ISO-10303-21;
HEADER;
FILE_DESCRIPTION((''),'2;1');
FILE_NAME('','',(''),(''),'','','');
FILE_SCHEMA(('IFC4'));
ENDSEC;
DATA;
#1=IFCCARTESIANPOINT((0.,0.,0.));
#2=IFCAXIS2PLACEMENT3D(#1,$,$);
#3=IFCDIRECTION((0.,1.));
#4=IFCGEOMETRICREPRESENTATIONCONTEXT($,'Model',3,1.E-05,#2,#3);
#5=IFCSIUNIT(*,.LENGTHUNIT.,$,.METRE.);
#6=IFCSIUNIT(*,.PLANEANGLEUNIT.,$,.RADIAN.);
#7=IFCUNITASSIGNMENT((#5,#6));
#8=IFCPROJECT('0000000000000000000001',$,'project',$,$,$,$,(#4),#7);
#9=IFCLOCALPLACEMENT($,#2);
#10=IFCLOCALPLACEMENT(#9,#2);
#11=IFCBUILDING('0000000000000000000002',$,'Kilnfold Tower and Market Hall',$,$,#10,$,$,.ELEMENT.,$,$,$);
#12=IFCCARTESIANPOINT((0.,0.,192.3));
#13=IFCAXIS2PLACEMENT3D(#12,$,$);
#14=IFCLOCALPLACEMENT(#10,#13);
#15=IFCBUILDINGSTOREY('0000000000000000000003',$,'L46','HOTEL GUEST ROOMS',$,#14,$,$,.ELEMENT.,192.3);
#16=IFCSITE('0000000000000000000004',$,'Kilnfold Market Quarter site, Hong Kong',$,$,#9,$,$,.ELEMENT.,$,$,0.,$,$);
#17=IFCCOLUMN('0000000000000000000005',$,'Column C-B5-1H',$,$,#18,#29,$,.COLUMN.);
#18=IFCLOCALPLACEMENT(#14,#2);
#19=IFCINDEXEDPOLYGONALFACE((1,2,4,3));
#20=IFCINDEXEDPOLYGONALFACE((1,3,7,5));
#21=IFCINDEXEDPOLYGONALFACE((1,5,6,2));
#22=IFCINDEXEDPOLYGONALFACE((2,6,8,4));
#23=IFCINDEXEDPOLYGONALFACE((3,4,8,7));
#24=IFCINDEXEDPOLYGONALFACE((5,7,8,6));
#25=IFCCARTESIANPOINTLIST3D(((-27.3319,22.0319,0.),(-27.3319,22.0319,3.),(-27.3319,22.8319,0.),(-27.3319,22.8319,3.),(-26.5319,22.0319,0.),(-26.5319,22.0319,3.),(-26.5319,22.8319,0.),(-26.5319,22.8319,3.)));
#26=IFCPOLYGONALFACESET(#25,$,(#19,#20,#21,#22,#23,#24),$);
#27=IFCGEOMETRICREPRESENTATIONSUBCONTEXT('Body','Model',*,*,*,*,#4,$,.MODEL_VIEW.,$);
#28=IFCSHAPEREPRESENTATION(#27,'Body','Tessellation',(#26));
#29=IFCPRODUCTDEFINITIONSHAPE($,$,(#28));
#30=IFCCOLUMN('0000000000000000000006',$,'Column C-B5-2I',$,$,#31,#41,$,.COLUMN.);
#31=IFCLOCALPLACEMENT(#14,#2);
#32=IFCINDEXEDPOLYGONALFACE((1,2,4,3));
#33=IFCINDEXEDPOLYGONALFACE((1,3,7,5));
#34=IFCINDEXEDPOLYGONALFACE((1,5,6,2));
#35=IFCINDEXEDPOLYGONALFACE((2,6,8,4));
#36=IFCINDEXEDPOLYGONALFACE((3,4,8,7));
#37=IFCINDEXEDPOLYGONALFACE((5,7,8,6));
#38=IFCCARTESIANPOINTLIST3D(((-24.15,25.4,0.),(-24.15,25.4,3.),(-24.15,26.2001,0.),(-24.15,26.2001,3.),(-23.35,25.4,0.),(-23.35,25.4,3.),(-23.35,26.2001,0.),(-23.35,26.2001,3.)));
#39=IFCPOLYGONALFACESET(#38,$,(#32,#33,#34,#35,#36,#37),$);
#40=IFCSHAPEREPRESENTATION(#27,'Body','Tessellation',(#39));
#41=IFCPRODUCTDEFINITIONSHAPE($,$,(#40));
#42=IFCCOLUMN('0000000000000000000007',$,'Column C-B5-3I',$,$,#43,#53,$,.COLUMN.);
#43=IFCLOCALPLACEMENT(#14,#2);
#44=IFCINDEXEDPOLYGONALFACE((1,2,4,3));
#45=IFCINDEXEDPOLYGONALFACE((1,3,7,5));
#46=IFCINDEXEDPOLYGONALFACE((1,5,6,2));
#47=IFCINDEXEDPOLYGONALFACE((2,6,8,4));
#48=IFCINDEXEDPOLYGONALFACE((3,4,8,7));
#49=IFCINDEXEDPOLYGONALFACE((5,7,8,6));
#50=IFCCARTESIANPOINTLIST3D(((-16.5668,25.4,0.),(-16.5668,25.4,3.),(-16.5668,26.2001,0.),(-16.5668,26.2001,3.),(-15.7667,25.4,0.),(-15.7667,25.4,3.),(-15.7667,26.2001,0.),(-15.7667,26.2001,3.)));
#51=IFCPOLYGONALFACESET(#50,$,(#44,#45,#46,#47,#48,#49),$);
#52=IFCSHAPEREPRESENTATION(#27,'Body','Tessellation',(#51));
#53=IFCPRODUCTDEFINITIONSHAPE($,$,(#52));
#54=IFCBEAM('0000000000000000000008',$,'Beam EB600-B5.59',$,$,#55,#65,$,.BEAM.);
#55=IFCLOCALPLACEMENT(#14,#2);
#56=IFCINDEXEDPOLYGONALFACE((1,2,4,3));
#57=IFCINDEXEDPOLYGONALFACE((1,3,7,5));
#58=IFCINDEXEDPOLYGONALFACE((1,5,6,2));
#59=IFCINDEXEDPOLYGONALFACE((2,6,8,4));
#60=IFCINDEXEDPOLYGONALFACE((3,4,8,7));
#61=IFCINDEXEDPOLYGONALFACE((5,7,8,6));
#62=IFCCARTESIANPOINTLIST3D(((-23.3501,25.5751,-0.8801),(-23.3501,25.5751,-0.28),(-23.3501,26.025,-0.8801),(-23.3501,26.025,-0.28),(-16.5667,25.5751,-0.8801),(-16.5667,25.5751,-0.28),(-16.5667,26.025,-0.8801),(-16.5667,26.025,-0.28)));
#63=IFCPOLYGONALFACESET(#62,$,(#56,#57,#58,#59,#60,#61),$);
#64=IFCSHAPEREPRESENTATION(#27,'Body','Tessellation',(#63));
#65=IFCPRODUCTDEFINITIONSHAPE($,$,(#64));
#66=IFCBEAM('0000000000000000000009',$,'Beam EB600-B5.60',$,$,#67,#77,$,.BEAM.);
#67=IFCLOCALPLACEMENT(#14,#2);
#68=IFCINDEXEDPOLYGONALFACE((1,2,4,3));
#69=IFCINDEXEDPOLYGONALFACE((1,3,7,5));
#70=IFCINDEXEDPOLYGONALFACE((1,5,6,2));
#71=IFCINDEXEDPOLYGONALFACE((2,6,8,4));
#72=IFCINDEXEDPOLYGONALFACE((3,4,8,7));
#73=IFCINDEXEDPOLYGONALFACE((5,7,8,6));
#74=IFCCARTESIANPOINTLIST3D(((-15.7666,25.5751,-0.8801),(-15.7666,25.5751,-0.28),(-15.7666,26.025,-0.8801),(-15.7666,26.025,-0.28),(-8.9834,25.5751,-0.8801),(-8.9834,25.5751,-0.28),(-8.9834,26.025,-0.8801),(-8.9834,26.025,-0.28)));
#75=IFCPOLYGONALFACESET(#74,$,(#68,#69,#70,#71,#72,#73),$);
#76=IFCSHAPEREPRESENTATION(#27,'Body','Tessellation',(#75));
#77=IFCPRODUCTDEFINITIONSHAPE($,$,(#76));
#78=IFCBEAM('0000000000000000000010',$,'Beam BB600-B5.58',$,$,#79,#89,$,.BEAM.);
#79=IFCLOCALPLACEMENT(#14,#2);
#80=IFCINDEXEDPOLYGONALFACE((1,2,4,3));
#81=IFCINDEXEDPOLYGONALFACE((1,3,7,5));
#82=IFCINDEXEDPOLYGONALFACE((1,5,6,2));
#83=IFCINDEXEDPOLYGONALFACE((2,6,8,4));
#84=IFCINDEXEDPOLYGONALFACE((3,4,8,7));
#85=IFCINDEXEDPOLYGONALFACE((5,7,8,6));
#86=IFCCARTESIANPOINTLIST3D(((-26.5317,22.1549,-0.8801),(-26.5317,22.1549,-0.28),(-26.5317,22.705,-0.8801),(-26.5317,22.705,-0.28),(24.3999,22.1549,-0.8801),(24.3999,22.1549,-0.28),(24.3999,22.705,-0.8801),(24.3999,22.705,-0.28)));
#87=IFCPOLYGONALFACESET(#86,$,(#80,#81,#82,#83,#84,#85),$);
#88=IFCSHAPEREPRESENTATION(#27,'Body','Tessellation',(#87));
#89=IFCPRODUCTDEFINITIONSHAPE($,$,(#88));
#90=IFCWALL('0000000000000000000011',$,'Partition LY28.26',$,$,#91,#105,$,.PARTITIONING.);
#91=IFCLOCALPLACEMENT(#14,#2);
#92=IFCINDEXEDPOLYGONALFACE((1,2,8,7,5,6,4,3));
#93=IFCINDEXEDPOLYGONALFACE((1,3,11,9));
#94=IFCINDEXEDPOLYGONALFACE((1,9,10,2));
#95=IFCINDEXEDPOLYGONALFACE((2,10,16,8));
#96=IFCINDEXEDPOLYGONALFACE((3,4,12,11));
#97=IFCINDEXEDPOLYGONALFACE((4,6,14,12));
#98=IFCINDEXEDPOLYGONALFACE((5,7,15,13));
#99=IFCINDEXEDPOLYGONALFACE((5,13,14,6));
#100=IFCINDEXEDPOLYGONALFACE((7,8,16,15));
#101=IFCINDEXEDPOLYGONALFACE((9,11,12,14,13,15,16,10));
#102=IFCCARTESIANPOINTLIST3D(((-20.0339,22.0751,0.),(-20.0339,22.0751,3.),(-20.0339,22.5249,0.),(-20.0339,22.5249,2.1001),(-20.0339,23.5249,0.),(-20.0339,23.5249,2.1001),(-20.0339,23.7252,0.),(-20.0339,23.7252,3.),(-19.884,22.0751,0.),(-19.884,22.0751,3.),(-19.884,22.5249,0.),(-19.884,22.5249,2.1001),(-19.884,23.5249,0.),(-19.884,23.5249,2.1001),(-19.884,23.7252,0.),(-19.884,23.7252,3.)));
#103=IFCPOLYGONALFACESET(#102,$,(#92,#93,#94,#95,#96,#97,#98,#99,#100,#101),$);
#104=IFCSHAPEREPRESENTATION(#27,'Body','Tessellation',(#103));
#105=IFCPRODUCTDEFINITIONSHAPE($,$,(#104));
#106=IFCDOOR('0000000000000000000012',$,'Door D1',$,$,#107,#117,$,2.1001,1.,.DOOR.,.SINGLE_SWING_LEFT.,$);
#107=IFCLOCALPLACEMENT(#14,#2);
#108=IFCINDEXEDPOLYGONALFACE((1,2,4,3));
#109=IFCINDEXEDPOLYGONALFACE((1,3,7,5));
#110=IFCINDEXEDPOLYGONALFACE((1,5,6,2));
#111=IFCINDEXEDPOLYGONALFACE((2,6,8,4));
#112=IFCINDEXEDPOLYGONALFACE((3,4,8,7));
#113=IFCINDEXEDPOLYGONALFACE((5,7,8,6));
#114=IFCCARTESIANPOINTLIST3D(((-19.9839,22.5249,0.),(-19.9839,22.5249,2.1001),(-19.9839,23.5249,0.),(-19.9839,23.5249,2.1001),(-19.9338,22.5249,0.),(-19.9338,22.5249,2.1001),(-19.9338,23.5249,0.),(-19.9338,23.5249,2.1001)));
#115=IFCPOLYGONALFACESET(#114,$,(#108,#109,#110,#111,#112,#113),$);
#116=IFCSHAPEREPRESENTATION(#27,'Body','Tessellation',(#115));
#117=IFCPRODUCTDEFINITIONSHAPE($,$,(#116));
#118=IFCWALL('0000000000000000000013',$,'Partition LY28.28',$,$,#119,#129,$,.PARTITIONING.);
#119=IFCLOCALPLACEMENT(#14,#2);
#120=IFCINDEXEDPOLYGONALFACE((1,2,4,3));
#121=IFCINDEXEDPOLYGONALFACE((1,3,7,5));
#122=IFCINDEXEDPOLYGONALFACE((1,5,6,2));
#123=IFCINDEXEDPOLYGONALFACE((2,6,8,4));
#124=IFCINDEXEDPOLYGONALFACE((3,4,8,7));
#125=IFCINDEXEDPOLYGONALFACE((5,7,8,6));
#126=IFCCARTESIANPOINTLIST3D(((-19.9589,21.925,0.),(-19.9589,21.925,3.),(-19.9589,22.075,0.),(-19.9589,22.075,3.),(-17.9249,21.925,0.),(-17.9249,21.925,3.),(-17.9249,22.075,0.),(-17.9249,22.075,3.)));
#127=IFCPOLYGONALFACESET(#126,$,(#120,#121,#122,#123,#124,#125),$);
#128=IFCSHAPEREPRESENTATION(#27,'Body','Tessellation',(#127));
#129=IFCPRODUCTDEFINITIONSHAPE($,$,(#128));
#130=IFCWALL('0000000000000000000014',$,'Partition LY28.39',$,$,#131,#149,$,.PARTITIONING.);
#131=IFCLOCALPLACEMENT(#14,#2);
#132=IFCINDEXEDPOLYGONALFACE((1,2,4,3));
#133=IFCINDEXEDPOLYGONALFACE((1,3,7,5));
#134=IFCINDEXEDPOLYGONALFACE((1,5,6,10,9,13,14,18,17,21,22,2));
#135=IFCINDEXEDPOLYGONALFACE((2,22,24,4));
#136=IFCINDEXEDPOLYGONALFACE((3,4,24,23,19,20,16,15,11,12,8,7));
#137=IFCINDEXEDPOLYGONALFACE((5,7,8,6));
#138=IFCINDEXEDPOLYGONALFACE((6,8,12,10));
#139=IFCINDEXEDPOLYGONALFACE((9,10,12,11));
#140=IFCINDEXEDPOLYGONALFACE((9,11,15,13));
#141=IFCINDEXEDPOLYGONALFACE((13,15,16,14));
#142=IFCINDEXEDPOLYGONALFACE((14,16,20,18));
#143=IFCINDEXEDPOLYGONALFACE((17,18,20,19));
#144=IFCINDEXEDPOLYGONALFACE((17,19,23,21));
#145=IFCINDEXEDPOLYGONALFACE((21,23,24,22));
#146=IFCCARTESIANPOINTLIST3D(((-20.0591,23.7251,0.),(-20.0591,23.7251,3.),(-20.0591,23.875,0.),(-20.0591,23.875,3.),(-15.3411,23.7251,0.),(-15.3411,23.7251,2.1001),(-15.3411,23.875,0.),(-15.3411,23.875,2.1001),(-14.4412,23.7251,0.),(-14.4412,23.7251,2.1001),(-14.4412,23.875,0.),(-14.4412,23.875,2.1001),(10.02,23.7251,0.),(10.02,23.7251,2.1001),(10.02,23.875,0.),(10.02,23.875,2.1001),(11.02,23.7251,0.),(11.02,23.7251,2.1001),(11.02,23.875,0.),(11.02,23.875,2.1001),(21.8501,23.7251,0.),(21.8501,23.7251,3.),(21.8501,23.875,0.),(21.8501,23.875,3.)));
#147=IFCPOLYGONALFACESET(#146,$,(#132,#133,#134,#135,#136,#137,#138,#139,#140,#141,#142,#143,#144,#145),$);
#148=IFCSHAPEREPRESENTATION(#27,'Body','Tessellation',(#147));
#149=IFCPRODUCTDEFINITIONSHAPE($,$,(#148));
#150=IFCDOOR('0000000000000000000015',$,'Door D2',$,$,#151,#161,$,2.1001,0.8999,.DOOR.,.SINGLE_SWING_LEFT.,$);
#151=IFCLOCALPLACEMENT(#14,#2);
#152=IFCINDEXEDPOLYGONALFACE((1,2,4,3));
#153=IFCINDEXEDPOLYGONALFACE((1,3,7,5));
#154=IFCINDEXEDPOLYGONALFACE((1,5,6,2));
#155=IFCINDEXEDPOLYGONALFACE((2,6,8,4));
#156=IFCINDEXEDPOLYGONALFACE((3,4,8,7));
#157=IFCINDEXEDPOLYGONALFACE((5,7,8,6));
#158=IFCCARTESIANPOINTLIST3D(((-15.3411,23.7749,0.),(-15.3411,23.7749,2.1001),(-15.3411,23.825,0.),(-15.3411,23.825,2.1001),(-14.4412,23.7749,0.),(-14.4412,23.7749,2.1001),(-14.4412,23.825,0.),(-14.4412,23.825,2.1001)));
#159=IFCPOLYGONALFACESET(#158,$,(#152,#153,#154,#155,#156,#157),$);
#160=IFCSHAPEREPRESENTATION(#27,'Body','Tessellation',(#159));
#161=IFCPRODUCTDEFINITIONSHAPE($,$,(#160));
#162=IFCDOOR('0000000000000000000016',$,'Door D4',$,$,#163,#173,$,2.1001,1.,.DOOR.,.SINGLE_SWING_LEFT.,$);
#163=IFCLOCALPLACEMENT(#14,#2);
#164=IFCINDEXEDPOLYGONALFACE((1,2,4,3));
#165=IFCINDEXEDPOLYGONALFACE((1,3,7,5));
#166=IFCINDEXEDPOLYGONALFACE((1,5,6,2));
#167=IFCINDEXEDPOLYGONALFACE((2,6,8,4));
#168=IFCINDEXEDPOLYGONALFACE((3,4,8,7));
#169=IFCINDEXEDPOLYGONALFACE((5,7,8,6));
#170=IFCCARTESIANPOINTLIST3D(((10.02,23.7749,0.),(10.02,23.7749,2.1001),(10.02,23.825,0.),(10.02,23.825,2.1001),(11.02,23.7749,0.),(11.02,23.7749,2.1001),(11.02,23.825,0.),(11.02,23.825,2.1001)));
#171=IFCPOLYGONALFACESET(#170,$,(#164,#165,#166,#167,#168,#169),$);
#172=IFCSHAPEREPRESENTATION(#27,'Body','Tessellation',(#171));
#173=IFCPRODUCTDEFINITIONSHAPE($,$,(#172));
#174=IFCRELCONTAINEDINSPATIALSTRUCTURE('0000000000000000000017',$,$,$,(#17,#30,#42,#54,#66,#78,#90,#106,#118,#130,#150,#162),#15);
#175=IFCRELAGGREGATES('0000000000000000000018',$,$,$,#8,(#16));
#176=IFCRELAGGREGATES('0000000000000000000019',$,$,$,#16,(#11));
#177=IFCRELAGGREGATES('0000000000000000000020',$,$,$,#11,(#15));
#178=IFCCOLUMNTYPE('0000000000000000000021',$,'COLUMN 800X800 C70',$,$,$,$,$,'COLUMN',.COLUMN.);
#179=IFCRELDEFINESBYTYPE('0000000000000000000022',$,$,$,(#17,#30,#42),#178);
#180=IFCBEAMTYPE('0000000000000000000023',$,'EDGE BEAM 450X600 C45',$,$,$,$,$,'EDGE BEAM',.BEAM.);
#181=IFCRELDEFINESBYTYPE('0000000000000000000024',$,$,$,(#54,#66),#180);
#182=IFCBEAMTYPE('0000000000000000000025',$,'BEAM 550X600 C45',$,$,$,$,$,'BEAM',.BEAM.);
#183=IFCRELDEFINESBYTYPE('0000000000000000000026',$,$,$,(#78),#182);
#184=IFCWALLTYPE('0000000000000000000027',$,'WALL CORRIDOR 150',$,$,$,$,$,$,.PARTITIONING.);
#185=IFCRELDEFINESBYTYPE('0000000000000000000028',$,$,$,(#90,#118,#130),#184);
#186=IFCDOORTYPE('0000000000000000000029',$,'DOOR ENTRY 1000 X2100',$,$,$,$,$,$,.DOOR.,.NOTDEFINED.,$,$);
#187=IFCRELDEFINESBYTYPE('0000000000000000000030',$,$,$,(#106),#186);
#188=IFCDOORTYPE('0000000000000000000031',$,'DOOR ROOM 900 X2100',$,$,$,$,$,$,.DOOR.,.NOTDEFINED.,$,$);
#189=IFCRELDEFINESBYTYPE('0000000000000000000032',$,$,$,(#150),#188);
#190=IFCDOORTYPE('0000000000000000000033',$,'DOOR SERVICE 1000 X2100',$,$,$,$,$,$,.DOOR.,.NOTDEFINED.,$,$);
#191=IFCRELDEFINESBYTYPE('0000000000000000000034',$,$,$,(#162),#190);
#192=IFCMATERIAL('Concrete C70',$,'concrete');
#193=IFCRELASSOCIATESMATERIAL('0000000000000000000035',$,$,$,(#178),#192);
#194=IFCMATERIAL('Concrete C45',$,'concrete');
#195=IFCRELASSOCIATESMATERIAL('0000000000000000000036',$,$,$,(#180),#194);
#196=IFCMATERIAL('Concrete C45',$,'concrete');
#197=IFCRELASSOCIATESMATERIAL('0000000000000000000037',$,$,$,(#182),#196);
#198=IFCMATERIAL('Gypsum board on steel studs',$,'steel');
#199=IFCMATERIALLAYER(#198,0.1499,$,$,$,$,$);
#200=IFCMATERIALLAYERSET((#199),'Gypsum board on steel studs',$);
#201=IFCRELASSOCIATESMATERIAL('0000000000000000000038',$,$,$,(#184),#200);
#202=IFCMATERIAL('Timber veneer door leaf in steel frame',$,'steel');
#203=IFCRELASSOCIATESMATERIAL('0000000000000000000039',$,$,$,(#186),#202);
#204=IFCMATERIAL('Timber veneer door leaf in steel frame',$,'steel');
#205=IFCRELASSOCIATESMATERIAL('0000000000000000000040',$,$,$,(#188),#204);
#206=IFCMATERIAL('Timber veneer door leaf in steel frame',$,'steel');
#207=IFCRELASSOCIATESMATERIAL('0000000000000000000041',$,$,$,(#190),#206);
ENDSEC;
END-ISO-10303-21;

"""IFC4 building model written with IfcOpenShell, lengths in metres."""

from ifc_helpers import new_model, si_unit, direction, frame, frame_2d, origin, origin_2d, place, context, subcontext, project, spatial, rectangle, extrude, source, transform, mapped, material, layer, layer_set, material_profile, profile_set, type_object, element, fill, save


model = new_model("IFC4")

# Units and contexts
model_context = context("Model", 3, precision=1e-05, world=origin(), true_north=direction((0.0, 1.0)))
body_context = subcontext(model_context, "Body", "Model", "MODEL_VIEW")
ifc_project = project(units=[si_unit("LENGTHUNIT", "METRE"), si_unit("PLANEANGLEUNIT", "RADIAN")], contexts=[model_context])

# Site, building, storey
site_placement = place(None, origin())
site = spatial("IfcSite", under=ifc_project, at=site_placement, Name="Kilnfold Market Quarter site, Hong Kong", CompositionType="ELEMENT", RefElevation=0.0)
building_placement = place(site_placement, origin())
building = spatial("IfcBuilding", under=site, at=building_placement, Name="Kilnfold Tower and Market Hall", CompositionType="ELEMENT")
storey_placement = place(building_placement, frame((0.0, 0.0, 192.3)))
storey = spatial("IfcBuildingStorey", under=building, at=storey_placement, Name="L46", Description="HOTEL GUEST ROOMS", CompositionType="ELEMENT", Elevation=192.3)

# Columns
ifc_material_1 = material(Name="Concrete C70", Category="concrete")
ifc_material_profile_1 = material_profile(ifc_material_1, rectangle(XDim=0.8, YDim=0.8, at=origin_2d()), Name="RC 800x800")
ifc_profile_set_1 = profile_set([ifc_material_profile_1], Name="Concrete C70")
column_type = type_object("IfcColumnType", Name="COLUMN 800X800 C70", ElementType="COLUMN", PredefinedType="COLUMN", material=ifc_profile_set_1)
shared_shape_1 = source(origin(), body_context, "Body", "SweptSolid", [
    extrude(rectangle(XDim=0.8, YDim=0.8, at=origin_2d()), origin(), (0.0, 0.0, 1.0), 3.0),
])
for number, where, z_axis, x_axis, name in (
    (1, (-26.9319, 22.4319, 0.0), (0.0, 0.0, 1.0), (1.0, 0.0, 0.0), "Column C-B5-1H"),
    (2, (-23.75, 25.8, 0.0), (0.0, 0.0, 1.0), (1.0, 0.0, 0.0), "Column C-B5-2I"),
    (3, (-16.1667, 25.8, 0.0), (0.0, 0.0, 1.0), (1.0, 0.0, 0.0), "Column C-B5-3I"),
):
    element("IfcColumn", number, at=place(storey_placement, frame(where, z_axis=z_axis, x_axis=x_axis)), inside=storey, type_object=column_type, Name=name, PredefinedType="COLUMN", context=body_context, shape_type="MappedRepresentation", body=[
        mapped(shared_shape_1, transform((0.0, 0.0, 0.0))),
    ])

# Beams
ifc_material_2 = material(Name="Concrete C45", Category="concrete")
ifc_material_profile_2 = material_profile(ifc_material_2, rectangle(XDim=0.45, YDim=0.6001, at=origin_2d()), Name="RC 450x600")
ifc_profile_set_2 = profile_set([ifc_material_profile_2], Name="Concrete C45")
beam_type_1 = type_object("IfcBeamType", Name="EDGE BEAM 450X600 C45", ElementType="EDGE BEAM", PredefinedType="BEAM", material=ifc_profile_set_2)
shared_shape_2 = source(origin(), body_context, "Body", "SweptSolid", [
    extrude(rectangle(XDim=0.45, YDim=0.6001, at=origin_2d()), origin(), (0.0, 0.0, 1.0), 6.7834),
])
beam_1_placement = place(storey_placement, frame((-23.3501, 25.8, -0.5801), z_axis=(1.0, 0.0, 0.0), x_axis=(0.0, 1.0, 0.0)))
element("IfcBeam", 4, at=beam_1_placement, inside=storey, type_object=beam_type_1, Name="Beam EB600-B5.59", PredefinedType="BEAM", context=body_context, shape_type="MappedRepresentation", body=[
    mapped(shared_shape_2, transform((0.0, 0.0, 0.0))),
])
shared_shape_3 = source(origin(), body_context, "Body", "SweptSolid", [
    extrude(rectangle(XDim=0.45, YDim=0.6001, at=origin_2d()), origin(), (0.0, 0.0, 1.0), 6.7832),
])
beam_2_placement = place(storey_placement, frame((-15.7666, 25.8, -0.5801), z_axis=(1.0, 0.0, 0.0), x_axis=(0.0, 1.0, 0.0)))
element("IfcBeam", 5, at=beam_2_placement, inside=storey, type_object=beam_type_1, Name="Beam EB600-B5.60", PredefinedType="BEAM", context=body_context, shape_type="MappedRepresentation", body=[
    mapped(shared_shape_3, transform((0.0, 0.0, 0.0))),
])
ifc_material_3 = material(Name="Concrete C45", Category="concrete")
ifc_material_profile_3 = material_profile(ifc_material_3, rectangle(XDim=0.55, YDim=0.6001, at=origin_2d()), Name="RC 550x600")
ifc_profile_set_3 = profile_set([ifc_material_profile_3], Name="Concrete C45")
beam_type_2 = type_object("IfcBeamType", Name="BEAM 550X600 C45", ElementType="BEAM", PredefinedType="BEAM", material=ifc_profile_set_3)
shared_shape_4 = source(origin(), body_context, "Body", "SweptSolid", [
    extrude(rectangle(XDim=0.55, YDim=0.6001, at=origin_2d()), origin(), (0.0, 0.0, 1.0), 50.9316),
])
beam_3_placement = place(storey_placement, frame((-26.5317, 22.4299, -0.5801), z_axis=(1.0, 0.0, 0.0), x_axis=(0.0, 1.0, 0.0)))
element("IfcBeam", 6, at=beam_3_placement, inside=storey, type_object=beam_type_2, Name="Beam BB600-B5.58", PredefinedType="BEAM", context=body_context, shape_type="MappedRepresentation", body=[
    mapped(shared_shape_4, transform((0.0, 0.0, 0.0))),
])

# Wall, opening, door
ifc_material_4 = material(Name="Gypsum board on steel studs", Category="steel")
ifc_layer_1 = layer(ifc_material_4, 0.1499)
ifc_layer_set_1 = layer_set([ifc_layer_1], Name="Gypsum board on steel studs")
wall_type_1 = type_object("IfcWallType", Name="WALL CORRIDOR 150", PredefinedType="PARTITIONING", material=ifc_layer_set_1)
wall_1_placement = place(storey_placement, frame((-19.959, 22.075, 0.0), z_axis=(0.0, 0.0, 1.0), x_axis=(0.0, 1.0, 0.0)))
wall_1 = element("IfcWall", 7, at=wall_1_placement, inside=storey, type_object=wall_type_1, Name="Partition LY28.26", PredefinedType="PARTITIONING", context=body_context, shape_type="SweptSolid", body=[
    extrude(rectangle(XDim=1.6501, YDim=0.1499, at=frame_2d((0.8252, 0.0))), origin(), (0.0, 0.0, 1.0), 3.0),
])
opening_1_placement = place(wall_1_placement, frame((0.45, 0.0, 0.0)))
opening_1 = element("IfcOpeningElement", 8, at=opening_1_placement, cuts=wall_1, PredefinedType="OPENING", context=body_context, shape_type="SweptSolid", body=[
    extrude(rectangle(XDim=1.0, YDim=2.1001, at=frame_2d((0.5, 1.05))), frame((0.0, 0.085, 0.0), z_axis=(0.0, -1.0, 0.0), x_axis=(1.0, 0.0, 0.0)), (0.0, 0.0, 1.0), 0.1699),
])
ifc_material_5 = material(Name="Timber veneer door leaf in steel frame", Category="steel")
door_type_1 = type_object("IfcDoorType", Name="DOOR ENTRY 1000 X2100", OperationType="NOTDEFINED", PredefinedType="DOOR", material=ifc_material_5)
door_1_placement = place(opening_1_placement, origin())
door_1 = element("IfcDoor", 9, at=door_1_placement, inside=storey, type_object=door_type_1, Name="Door D1", OperationType="SINGLE_SWING_LEFT", OverallHeight=2.1001, OverallWidth=1.0, PredefinedType="DOOR", context=body_context, shape_type="SweptSolid", body=[
    extrude(rectangle(XDim=1.0, YDim=2.1001, at=frame_2d((0.5, 1.05))), frame((0.0, 0.0249, 0.0), z_axis=(0.0, -1.0, 0.0), x_axis=(1.0, 0.0, 0.0)), (0.0, 0.0, 1.0), 0.05),
])
fill(opening_1, door_1)

# Wall
wall_2_placement = place(storey_placement, frame((-19.959, 22.0, 0.0), z_axis=(0.0, 0.0, 1.0), x_axis=(1.0, 0.0, 0.0)))
element("IfcWall", 10, at=wall_2_placement, inside=storey, type_object=wall_type_1, Name="Partition LY28.28", PredefinedType="PARTITIONING", context=body_context, shape_type="SweptSolid", body=[
    extrude(rectangle(XDim=2.0339, YDim=0.1499, at=frame_2d((1.0171, 0.0))), origin(), (0.0, 0.0, 1.0), 3.0),
])

# Wall, openings, doors
wall_3_placement = place(storey_placement, frame((-20.0591, 23.8, 0.0), z_axis=(0.0, 0.0, 1.0), x_axis=(1.0, 0.0, 0.0)))
wall_3 = element("IfcWall", 11, at=wall_3_placement, inside=storey, type_object=wall_type_1, Name="Partition LY28.39", PredefinedType="PARTITIONING", context=body_context, shape_type="SweptSolid", body=[
    extrude(rectangle(XDim=41.9092, YDim=0.1499, at=frame_2d((20.9546, 0.0))), origin(), (0.0, 0.0, 1.0), 3.0),
])
opening_2_placement = place(wall_3_placement, frame((4.718, 0.0, 0.0)))
opening_2 = element("IfcOpeningElement", 12, at=opening_2_placement, cuts=wall_3, PredefinedType="OPENING", context=body_context, shape_type="SweptSolid", body=[
    extrude(rectangle(XDim=0.8999, YDim=2.1001, at=frame_2d((0.45, 1.05))), frame((0.0, 0.085, 0.0), z_axis=(0.0, -1.0, 0.0), x_axis=(1.0, 0.0, 0.0)), (0.0, 0.0, 1.0), 0.1699),
])
opening_3_placement = place(wall_3_placement, frame((30.0791, 0.0, 0.0)))
opening_3 = element("IfcOpeningElement", 13, at=opening_3_placement, cuts=wall_3, PredefinedType="OPENING", context=body_context, shape_type="SweptSolid", body=[
    extrude(rectangle(XDim=1.0, YDim=2.1001, at=frame_2d((0.5, 1.05))), frame((0.0, 0.085, 0.0), z_axis=(0.0, -1.0, 0.0), x_axis=(1.0, 0.0, 0.0)), (0.0, 0.0, 1.0), 0.1699),
])
ifc_material_6 = material(Name="Timber veneer door leaf in steel frame", Category="steel")
door_type_2 = type_object("IfcDoorType", Name="DOOR ROOM 900 X2100", OperationType="NOTDEFINED", PredefinedType="DOOR", material=ifc_material_6)
door_2_placement = place(opening_2_placement, origin())
door_2 = element("IfcDoor", 14, at=door_2_placement, inside=storey, type_object=door_type_2, Name="Door D2", OperationType="SINGLE_SWING_LEFT", OverallHeight=2.1001, OverallWidth=0.8999, PredefinedType="DOOR", context=body_context, shape_type="SweptSolid", body=[
    extrude(rectangle(XDim=0.8999, YDim=2.1001, at=frame_2d((0.45, 1.05))), frame((0.0, 0.0249, 0.0), z_axis=(0.0, -1.0, 0.0), x_axis=(1.0, 0.0, 0.0)), (0.0, 0.0, 1.0), 0.05),
])
fill(opening_2, door_2)
ifc_material_7 = material(Name="Timber veneer door leaf in steel frame", Category="steel")
door_type_3 = type_object("IfcDoorType", Name="DOOR SERVICE 1000 X2100", OperationType="NOTDEFINED", PredefinedType="DOOR", material=ifc_material_7)
door_3_placement = place(opening_3_placement, origin())
door_3 = element("IfcDoor", 15, at=door_3_placement, inside=storey, type_object=door_type_3, Name="Door D4", OperationType="SINGLE_SWING_LEFT", OverallHeight=2.1001, OverallWidth=1.0, PredefinedType="DOOR", context=body_context, shape_type="SweptSolid", body=[
    extrude(rectangle(XDim=1.0, YDim=2.1001, at=frame_2d((0.5, 1.05))), frame((0.0, 0.0249, 0.0), z_axis=(0.0, -1.0, 0.0), x_axis=(1.0, 0.0, 0.0)), (0.0, 0.0, 1.0), 0.05),
])
fill(opening_3, door_3)

save(model, "model.ifc")
